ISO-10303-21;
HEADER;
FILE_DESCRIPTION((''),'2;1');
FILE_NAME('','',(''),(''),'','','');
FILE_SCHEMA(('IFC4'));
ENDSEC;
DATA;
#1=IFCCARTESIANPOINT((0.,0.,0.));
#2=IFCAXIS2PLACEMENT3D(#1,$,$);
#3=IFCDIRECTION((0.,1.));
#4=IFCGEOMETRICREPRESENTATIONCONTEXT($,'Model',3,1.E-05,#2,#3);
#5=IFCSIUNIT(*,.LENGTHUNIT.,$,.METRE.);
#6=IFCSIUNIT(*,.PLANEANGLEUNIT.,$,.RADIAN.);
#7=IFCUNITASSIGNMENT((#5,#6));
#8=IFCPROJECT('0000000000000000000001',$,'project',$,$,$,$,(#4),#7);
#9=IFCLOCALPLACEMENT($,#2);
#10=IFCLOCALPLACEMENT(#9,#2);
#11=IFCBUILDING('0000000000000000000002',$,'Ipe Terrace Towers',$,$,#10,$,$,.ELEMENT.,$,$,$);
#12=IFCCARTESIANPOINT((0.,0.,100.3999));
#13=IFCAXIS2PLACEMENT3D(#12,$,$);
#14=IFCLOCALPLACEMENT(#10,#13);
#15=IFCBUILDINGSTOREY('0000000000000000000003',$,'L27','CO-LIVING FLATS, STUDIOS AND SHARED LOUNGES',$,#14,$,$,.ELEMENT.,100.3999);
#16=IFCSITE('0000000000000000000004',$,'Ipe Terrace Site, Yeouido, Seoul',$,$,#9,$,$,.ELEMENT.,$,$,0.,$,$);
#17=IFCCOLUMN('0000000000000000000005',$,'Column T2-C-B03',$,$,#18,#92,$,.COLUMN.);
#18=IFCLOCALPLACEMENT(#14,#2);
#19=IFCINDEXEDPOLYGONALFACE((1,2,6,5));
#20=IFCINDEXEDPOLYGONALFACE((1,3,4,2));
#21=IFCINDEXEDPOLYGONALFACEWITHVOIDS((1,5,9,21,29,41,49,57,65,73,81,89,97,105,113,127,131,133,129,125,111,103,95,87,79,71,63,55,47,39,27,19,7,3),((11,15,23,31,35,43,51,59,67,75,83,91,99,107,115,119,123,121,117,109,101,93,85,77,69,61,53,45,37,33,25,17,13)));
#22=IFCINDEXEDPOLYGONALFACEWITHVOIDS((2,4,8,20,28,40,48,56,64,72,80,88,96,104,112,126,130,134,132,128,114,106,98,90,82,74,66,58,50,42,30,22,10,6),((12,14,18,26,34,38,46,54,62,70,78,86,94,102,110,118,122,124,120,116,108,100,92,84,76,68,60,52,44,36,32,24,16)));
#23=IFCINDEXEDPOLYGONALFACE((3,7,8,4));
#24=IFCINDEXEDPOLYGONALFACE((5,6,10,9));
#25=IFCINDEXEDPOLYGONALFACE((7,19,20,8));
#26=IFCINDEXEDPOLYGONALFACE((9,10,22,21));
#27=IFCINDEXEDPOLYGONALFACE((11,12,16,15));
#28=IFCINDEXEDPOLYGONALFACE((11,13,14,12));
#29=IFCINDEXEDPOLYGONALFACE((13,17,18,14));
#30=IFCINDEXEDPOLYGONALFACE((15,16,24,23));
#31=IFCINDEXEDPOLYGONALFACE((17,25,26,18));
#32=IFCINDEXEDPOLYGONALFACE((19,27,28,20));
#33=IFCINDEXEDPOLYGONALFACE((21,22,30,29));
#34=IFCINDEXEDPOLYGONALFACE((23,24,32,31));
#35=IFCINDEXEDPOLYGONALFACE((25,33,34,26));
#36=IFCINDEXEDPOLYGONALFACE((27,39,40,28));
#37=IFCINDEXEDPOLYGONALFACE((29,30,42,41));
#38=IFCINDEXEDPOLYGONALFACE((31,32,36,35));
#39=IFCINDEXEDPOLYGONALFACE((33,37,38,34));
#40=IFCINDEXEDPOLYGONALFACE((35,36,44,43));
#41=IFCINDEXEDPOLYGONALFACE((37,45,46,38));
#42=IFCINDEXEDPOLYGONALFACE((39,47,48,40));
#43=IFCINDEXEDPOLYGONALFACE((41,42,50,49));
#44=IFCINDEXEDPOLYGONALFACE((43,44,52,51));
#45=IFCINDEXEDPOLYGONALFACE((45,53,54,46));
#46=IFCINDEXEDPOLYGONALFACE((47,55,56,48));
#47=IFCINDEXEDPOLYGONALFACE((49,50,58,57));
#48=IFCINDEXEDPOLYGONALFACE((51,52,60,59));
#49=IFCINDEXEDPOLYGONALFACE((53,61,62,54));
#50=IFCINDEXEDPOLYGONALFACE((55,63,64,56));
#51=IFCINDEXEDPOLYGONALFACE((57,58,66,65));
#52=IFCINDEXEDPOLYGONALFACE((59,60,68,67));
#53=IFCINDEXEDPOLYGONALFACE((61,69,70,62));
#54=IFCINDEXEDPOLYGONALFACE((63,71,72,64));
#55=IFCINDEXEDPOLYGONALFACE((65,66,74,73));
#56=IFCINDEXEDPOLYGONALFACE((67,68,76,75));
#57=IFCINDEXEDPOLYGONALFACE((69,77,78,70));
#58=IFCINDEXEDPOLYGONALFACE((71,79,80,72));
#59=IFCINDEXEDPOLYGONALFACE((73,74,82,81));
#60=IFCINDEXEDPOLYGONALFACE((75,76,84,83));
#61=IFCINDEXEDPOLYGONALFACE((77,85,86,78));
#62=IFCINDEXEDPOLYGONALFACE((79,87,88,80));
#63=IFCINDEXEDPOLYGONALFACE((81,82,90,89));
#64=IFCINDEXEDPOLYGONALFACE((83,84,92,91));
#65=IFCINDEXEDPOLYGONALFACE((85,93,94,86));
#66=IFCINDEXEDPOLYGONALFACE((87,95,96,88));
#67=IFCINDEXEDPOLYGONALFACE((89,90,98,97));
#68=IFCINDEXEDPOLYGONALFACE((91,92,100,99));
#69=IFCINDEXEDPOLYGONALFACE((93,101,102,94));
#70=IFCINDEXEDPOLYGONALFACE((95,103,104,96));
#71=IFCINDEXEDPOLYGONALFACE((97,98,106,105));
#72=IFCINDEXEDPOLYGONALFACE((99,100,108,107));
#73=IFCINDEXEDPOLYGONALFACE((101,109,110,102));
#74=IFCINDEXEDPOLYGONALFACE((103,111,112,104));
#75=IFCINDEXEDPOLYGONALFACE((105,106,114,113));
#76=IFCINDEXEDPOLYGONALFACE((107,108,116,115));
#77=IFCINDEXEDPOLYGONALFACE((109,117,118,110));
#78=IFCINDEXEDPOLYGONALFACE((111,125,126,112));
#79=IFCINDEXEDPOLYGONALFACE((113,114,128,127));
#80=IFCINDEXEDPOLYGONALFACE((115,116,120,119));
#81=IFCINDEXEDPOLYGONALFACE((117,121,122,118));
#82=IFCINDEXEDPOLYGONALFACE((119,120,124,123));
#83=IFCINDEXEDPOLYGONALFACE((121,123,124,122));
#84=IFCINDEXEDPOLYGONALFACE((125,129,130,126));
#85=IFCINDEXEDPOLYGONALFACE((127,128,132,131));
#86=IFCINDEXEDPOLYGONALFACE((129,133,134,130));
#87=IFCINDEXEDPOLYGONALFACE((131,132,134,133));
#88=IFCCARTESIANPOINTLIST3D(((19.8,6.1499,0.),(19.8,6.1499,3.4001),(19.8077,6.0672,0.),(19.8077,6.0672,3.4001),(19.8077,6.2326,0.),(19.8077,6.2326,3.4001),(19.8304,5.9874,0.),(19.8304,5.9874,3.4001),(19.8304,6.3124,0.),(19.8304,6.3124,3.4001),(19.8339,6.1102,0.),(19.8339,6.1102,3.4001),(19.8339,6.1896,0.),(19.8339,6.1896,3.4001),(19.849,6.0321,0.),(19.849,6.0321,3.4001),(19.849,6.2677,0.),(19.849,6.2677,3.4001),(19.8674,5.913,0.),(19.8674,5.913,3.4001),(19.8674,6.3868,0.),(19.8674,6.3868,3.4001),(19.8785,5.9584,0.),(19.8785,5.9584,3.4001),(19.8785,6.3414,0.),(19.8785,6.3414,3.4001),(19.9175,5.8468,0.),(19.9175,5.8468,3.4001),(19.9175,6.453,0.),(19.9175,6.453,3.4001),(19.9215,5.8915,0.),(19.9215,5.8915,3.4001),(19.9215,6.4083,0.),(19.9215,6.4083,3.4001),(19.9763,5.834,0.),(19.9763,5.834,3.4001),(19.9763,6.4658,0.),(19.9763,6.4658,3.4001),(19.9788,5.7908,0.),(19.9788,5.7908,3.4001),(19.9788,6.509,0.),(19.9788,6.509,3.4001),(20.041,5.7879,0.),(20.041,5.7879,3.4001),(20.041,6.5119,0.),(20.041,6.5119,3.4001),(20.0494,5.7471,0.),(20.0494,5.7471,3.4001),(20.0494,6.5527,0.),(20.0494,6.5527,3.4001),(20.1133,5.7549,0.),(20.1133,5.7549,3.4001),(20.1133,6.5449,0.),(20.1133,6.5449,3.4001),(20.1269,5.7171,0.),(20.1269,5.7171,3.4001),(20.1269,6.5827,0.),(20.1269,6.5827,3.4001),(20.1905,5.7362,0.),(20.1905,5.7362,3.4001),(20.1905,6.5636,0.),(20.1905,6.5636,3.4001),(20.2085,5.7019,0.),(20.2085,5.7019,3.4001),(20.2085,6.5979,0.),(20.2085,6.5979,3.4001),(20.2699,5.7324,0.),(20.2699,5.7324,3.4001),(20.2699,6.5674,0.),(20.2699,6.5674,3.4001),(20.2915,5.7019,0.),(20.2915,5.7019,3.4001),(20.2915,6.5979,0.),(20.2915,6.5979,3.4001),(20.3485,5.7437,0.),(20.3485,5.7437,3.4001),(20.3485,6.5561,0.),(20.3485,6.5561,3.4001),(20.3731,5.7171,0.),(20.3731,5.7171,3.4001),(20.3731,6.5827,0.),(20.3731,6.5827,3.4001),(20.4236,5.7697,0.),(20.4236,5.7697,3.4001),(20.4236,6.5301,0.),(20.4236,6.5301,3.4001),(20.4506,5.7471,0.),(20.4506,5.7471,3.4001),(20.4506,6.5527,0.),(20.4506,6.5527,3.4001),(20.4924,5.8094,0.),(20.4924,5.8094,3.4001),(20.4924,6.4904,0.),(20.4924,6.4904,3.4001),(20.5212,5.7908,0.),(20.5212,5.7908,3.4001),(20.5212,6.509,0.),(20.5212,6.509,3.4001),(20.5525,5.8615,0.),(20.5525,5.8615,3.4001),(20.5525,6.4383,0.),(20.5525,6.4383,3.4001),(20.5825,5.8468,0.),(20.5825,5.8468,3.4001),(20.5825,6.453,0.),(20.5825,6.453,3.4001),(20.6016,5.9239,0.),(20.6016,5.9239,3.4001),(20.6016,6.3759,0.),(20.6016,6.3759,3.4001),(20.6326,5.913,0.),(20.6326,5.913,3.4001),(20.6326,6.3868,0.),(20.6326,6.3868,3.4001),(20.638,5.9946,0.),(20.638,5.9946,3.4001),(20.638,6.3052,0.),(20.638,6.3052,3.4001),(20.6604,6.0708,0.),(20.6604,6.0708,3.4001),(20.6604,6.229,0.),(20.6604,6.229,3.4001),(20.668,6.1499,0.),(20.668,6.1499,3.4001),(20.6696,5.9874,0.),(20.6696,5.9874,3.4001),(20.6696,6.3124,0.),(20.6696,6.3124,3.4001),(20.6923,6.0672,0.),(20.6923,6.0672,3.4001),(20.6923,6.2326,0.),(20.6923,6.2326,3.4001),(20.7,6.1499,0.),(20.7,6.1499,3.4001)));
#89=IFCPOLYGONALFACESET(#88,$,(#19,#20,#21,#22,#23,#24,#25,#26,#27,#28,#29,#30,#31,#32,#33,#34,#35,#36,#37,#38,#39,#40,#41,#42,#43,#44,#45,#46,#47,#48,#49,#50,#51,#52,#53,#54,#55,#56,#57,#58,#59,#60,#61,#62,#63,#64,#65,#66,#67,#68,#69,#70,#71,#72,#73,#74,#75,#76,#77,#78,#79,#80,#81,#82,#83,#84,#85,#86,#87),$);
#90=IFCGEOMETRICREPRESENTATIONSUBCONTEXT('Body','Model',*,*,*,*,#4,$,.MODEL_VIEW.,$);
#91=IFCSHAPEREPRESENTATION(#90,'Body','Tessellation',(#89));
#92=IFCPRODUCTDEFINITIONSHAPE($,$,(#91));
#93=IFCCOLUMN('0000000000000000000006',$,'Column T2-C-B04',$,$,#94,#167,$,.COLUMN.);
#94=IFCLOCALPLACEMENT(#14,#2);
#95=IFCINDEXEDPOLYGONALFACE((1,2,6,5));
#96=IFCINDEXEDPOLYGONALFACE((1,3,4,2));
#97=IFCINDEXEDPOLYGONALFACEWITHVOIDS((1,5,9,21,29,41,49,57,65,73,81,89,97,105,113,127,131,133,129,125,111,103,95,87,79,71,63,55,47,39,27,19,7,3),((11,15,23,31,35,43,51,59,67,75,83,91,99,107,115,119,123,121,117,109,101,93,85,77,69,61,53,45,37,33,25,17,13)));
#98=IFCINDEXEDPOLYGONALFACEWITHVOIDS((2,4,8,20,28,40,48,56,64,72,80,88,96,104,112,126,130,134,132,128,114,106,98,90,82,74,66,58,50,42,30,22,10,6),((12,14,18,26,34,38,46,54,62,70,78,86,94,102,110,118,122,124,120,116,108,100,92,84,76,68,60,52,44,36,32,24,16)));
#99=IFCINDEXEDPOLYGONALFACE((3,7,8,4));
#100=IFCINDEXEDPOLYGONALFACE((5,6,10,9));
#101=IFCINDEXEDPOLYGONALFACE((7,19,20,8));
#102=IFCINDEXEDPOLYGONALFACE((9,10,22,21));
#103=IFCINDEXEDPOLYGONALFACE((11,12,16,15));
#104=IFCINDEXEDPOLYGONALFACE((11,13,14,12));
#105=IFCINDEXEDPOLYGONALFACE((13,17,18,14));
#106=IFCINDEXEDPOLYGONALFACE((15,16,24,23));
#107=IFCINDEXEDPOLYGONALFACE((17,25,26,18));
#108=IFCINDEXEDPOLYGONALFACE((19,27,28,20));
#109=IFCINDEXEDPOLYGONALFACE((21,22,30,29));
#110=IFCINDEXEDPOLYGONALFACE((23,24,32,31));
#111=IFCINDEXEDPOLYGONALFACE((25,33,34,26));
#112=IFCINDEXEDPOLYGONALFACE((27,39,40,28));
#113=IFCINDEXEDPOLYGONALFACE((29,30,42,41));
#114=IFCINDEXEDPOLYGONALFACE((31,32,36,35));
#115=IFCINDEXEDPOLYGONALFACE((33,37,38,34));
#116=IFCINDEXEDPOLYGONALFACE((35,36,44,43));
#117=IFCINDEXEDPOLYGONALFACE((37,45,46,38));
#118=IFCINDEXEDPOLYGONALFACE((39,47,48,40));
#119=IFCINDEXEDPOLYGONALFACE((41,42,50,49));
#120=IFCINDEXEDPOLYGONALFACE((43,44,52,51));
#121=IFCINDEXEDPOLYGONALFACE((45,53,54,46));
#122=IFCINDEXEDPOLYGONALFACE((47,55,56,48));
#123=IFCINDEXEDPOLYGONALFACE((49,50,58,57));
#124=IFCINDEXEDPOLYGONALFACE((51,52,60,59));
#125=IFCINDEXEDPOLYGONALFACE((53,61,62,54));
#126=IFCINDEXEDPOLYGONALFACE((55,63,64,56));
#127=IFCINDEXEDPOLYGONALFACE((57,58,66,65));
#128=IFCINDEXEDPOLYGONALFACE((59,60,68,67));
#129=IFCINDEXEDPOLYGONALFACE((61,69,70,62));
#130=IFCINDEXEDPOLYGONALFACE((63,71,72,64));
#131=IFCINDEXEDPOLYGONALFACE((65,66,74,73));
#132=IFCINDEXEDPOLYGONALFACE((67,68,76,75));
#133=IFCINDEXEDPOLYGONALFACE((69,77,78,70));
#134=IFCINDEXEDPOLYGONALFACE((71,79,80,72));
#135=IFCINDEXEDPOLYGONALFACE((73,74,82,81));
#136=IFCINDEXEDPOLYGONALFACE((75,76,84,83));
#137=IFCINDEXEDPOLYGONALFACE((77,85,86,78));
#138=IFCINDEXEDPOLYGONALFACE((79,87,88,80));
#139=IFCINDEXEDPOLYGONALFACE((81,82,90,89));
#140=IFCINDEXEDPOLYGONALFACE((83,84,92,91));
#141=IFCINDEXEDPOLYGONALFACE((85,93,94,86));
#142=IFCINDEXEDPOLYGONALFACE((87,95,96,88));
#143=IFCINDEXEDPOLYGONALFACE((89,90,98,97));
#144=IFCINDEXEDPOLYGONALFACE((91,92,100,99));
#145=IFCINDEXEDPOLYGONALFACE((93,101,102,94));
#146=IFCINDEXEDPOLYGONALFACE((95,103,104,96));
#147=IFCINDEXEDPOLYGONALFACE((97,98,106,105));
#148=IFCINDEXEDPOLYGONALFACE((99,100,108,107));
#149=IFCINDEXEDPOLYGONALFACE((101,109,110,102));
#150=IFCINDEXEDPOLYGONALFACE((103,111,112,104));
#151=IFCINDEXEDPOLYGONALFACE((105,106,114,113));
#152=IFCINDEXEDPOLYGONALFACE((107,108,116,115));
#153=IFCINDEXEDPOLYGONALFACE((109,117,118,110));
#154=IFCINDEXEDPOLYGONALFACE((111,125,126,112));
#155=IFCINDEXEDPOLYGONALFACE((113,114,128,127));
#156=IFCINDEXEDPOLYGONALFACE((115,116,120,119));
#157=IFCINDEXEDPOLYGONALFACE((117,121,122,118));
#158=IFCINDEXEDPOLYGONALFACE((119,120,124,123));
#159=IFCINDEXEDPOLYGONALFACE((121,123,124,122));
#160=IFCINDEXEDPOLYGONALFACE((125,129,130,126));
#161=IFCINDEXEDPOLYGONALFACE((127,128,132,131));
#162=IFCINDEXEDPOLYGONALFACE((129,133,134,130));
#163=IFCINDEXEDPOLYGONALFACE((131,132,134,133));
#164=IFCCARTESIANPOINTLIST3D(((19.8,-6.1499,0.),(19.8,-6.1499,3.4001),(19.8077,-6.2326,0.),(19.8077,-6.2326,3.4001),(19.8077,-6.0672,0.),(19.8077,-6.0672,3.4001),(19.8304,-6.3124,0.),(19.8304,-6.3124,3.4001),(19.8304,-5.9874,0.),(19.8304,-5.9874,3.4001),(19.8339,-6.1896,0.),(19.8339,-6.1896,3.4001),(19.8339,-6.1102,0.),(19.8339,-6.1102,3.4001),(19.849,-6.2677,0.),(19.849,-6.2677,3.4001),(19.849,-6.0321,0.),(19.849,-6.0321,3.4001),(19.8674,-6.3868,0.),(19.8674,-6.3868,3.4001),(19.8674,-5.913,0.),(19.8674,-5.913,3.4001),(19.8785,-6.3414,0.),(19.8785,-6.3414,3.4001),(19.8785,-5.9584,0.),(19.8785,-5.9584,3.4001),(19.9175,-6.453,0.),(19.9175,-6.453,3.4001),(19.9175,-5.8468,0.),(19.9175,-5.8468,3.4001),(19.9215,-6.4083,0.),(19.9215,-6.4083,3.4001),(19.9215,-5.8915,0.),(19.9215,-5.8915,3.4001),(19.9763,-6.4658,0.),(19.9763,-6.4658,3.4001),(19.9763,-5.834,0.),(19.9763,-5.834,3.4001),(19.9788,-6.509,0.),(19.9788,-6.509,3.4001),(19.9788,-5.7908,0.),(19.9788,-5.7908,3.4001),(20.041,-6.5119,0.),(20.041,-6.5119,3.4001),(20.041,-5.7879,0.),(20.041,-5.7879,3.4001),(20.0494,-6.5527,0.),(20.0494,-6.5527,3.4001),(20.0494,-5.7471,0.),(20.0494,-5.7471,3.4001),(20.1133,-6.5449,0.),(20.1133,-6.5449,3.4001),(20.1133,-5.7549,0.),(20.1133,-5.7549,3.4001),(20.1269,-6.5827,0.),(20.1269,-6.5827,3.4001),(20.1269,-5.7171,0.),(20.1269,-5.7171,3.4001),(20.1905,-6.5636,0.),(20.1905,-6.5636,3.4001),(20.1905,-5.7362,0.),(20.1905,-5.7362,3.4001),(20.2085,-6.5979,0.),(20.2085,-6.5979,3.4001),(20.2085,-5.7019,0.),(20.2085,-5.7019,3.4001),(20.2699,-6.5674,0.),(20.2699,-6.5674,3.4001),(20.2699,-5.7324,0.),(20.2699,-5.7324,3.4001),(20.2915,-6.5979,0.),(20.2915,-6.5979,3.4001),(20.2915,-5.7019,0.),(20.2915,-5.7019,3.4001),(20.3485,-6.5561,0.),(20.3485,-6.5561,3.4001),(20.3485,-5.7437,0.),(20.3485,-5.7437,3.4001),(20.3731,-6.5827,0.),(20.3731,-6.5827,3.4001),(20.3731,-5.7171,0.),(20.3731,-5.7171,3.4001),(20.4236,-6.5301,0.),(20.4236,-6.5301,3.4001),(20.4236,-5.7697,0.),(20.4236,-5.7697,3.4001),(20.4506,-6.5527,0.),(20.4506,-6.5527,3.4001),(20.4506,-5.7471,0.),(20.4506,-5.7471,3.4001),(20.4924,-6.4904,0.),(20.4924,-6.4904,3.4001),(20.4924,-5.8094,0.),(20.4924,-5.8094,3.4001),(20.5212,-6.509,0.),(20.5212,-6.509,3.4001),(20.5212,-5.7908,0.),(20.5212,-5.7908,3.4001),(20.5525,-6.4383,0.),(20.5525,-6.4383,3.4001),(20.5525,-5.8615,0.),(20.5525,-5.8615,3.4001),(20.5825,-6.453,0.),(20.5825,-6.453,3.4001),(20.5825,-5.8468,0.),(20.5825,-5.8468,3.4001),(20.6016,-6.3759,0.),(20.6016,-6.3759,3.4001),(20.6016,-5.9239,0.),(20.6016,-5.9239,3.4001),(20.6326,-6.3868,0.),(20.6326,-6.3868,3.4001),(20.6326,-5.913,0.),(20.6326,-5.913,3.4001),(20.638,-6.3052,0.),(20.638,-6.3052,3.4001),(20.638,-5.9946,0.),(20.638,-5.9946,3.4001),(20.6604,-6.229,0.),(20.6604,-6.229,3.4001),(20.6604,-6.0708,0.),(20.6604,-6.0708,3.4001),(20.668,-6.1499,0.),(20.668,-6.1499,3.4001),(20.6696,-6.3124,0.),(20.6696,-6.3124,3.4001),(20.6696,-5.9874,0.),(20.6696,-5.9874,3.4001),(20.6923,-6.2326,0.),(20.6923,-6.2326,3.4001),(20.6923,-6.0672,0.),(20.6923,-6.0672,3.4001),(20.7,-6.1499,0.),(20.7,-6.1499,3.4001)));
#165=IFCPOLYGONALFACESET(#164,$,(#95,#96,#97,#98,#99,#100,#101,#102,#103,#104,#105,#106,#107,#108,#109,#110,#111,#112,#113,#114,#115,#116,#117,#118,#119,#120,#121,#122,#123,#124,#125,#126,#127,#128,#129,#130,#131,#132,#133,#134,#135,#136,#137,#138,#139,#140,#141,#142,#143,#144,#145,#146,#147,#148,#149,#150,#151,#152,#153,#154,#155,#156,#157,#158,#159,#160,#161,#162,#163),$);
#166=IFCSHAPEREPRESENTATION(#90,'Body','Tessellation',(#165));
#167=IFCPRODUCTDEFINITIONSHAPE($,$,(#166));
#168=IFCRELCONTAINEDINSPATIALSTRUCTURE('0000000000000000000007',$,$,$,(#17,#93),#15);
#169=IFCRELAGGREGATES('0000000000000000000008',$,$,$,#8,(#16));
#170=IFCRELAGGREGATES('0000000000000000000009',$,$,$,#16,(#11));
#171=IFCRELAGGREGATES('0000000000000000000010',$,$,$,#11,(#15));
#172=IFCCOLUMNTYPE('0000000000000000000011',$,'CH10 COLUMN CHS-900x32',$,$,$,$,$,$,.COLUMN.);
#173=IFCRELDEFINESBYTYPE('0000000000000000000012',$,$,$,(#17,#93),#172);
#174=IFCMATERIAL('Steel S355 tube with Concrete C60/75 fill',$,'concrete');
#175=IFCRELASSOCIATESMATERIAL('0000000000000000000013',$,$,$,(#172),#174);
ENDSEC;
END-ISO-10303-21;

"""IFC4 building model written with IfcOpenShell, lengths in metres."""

from ifc_helpers import new_model, si_unit, direction, frame, origin, origin_2d, place, context, subcontext, project, spatial, hollow_circle, extrude, material, material_profile, profile_set, type_object, element, save


model = new_model("IFC4")

# Units and contexts
model_context = context("Model", 3, precision=1e-05, world=origin(), true_north=direction((0.0, 1.0)))
body_context = subcontext(model_context, "Body", "Model", "MODEL_VIEW")
ifc_project = project(units=[si_unit("LENGTHUNIT", "METRE"), si_unit("PLANEANGLEUNIT", "RADIAN")], contexts=[model_context])

# Site, building, storey
site_placement = place(None, origin())
site = spatial("IfcSite", under=ifc_project, at=site_placement, Name="Ipe Terrace Site, Yeouido, Seoul", CompositionType="ELEMENT", RefElevation=0.0)
building_placement = place(site_placement, origin())
building = spatial("IfcBuilding", under=site, at=building_placement, Name="Ipe Terrace Towers", CompositionType="ELEMENT")
storey_placement = place(building_placement, frame((0.0, 0.0, 100.3999)))
storey = spatial("IfcBuildingStorey", under=building, at=storey_placement, Name="L27", Description="CO-LIVING FLATS, STUDIOS AND SHARED LOUNGES", CompositionType="ELEMENT", Elevation=100.3999)

# Columns
ifc_material_1 = material(Name="Steel S355 tube with Concrete C60/75 fill", Category="concrete")
ifc_material_profile_1 = material_profile(ifc_material_1, hollow_circle(Radius=0.45, WallThickness=0.032, at=origin_2d()), Name="CHS-900x32")
ifc_profile_set_1 = profile_set([ifc_material_profile_1], Name="Steel S355 tube with Concrete C60/75 fill")
column_type = type_object("IfcColumnType", Name="CH10 COLUMN CHS-900x32", PredefinedType="COLUMN", material=ifc_profile_set_1)
for number, where, z_axis, x_axis, name in (
    (1, (20.25, 6.1499, 0.0), (0.0, 0.0, 1.0), (1.0, 0.0, 0.0), "Column T2-C-B03"),
    (2, (20.25, -6.1499, 0.0), (0.0, 0.0, 1.0), (1.0, 0.0, 0.0), "Column T2-C-B04"),
):
    element("IfcColumn", number, at=place(storey_placement, frame(where, z_axis=z_axis, x_axis=x_axis)), inside=storey, type_object=column_type, Name=name, PredefinedType="COLUMN", context=body_context, shape_type="SweptSolid", body=[
        extrude(hollow_circle(Radius=0.45, WallThickness=0.032, at=origin_2d()), origin(), (0.0, 0.0, 1.0), 3.4001),
    ])

save(model, "model.ifc")
